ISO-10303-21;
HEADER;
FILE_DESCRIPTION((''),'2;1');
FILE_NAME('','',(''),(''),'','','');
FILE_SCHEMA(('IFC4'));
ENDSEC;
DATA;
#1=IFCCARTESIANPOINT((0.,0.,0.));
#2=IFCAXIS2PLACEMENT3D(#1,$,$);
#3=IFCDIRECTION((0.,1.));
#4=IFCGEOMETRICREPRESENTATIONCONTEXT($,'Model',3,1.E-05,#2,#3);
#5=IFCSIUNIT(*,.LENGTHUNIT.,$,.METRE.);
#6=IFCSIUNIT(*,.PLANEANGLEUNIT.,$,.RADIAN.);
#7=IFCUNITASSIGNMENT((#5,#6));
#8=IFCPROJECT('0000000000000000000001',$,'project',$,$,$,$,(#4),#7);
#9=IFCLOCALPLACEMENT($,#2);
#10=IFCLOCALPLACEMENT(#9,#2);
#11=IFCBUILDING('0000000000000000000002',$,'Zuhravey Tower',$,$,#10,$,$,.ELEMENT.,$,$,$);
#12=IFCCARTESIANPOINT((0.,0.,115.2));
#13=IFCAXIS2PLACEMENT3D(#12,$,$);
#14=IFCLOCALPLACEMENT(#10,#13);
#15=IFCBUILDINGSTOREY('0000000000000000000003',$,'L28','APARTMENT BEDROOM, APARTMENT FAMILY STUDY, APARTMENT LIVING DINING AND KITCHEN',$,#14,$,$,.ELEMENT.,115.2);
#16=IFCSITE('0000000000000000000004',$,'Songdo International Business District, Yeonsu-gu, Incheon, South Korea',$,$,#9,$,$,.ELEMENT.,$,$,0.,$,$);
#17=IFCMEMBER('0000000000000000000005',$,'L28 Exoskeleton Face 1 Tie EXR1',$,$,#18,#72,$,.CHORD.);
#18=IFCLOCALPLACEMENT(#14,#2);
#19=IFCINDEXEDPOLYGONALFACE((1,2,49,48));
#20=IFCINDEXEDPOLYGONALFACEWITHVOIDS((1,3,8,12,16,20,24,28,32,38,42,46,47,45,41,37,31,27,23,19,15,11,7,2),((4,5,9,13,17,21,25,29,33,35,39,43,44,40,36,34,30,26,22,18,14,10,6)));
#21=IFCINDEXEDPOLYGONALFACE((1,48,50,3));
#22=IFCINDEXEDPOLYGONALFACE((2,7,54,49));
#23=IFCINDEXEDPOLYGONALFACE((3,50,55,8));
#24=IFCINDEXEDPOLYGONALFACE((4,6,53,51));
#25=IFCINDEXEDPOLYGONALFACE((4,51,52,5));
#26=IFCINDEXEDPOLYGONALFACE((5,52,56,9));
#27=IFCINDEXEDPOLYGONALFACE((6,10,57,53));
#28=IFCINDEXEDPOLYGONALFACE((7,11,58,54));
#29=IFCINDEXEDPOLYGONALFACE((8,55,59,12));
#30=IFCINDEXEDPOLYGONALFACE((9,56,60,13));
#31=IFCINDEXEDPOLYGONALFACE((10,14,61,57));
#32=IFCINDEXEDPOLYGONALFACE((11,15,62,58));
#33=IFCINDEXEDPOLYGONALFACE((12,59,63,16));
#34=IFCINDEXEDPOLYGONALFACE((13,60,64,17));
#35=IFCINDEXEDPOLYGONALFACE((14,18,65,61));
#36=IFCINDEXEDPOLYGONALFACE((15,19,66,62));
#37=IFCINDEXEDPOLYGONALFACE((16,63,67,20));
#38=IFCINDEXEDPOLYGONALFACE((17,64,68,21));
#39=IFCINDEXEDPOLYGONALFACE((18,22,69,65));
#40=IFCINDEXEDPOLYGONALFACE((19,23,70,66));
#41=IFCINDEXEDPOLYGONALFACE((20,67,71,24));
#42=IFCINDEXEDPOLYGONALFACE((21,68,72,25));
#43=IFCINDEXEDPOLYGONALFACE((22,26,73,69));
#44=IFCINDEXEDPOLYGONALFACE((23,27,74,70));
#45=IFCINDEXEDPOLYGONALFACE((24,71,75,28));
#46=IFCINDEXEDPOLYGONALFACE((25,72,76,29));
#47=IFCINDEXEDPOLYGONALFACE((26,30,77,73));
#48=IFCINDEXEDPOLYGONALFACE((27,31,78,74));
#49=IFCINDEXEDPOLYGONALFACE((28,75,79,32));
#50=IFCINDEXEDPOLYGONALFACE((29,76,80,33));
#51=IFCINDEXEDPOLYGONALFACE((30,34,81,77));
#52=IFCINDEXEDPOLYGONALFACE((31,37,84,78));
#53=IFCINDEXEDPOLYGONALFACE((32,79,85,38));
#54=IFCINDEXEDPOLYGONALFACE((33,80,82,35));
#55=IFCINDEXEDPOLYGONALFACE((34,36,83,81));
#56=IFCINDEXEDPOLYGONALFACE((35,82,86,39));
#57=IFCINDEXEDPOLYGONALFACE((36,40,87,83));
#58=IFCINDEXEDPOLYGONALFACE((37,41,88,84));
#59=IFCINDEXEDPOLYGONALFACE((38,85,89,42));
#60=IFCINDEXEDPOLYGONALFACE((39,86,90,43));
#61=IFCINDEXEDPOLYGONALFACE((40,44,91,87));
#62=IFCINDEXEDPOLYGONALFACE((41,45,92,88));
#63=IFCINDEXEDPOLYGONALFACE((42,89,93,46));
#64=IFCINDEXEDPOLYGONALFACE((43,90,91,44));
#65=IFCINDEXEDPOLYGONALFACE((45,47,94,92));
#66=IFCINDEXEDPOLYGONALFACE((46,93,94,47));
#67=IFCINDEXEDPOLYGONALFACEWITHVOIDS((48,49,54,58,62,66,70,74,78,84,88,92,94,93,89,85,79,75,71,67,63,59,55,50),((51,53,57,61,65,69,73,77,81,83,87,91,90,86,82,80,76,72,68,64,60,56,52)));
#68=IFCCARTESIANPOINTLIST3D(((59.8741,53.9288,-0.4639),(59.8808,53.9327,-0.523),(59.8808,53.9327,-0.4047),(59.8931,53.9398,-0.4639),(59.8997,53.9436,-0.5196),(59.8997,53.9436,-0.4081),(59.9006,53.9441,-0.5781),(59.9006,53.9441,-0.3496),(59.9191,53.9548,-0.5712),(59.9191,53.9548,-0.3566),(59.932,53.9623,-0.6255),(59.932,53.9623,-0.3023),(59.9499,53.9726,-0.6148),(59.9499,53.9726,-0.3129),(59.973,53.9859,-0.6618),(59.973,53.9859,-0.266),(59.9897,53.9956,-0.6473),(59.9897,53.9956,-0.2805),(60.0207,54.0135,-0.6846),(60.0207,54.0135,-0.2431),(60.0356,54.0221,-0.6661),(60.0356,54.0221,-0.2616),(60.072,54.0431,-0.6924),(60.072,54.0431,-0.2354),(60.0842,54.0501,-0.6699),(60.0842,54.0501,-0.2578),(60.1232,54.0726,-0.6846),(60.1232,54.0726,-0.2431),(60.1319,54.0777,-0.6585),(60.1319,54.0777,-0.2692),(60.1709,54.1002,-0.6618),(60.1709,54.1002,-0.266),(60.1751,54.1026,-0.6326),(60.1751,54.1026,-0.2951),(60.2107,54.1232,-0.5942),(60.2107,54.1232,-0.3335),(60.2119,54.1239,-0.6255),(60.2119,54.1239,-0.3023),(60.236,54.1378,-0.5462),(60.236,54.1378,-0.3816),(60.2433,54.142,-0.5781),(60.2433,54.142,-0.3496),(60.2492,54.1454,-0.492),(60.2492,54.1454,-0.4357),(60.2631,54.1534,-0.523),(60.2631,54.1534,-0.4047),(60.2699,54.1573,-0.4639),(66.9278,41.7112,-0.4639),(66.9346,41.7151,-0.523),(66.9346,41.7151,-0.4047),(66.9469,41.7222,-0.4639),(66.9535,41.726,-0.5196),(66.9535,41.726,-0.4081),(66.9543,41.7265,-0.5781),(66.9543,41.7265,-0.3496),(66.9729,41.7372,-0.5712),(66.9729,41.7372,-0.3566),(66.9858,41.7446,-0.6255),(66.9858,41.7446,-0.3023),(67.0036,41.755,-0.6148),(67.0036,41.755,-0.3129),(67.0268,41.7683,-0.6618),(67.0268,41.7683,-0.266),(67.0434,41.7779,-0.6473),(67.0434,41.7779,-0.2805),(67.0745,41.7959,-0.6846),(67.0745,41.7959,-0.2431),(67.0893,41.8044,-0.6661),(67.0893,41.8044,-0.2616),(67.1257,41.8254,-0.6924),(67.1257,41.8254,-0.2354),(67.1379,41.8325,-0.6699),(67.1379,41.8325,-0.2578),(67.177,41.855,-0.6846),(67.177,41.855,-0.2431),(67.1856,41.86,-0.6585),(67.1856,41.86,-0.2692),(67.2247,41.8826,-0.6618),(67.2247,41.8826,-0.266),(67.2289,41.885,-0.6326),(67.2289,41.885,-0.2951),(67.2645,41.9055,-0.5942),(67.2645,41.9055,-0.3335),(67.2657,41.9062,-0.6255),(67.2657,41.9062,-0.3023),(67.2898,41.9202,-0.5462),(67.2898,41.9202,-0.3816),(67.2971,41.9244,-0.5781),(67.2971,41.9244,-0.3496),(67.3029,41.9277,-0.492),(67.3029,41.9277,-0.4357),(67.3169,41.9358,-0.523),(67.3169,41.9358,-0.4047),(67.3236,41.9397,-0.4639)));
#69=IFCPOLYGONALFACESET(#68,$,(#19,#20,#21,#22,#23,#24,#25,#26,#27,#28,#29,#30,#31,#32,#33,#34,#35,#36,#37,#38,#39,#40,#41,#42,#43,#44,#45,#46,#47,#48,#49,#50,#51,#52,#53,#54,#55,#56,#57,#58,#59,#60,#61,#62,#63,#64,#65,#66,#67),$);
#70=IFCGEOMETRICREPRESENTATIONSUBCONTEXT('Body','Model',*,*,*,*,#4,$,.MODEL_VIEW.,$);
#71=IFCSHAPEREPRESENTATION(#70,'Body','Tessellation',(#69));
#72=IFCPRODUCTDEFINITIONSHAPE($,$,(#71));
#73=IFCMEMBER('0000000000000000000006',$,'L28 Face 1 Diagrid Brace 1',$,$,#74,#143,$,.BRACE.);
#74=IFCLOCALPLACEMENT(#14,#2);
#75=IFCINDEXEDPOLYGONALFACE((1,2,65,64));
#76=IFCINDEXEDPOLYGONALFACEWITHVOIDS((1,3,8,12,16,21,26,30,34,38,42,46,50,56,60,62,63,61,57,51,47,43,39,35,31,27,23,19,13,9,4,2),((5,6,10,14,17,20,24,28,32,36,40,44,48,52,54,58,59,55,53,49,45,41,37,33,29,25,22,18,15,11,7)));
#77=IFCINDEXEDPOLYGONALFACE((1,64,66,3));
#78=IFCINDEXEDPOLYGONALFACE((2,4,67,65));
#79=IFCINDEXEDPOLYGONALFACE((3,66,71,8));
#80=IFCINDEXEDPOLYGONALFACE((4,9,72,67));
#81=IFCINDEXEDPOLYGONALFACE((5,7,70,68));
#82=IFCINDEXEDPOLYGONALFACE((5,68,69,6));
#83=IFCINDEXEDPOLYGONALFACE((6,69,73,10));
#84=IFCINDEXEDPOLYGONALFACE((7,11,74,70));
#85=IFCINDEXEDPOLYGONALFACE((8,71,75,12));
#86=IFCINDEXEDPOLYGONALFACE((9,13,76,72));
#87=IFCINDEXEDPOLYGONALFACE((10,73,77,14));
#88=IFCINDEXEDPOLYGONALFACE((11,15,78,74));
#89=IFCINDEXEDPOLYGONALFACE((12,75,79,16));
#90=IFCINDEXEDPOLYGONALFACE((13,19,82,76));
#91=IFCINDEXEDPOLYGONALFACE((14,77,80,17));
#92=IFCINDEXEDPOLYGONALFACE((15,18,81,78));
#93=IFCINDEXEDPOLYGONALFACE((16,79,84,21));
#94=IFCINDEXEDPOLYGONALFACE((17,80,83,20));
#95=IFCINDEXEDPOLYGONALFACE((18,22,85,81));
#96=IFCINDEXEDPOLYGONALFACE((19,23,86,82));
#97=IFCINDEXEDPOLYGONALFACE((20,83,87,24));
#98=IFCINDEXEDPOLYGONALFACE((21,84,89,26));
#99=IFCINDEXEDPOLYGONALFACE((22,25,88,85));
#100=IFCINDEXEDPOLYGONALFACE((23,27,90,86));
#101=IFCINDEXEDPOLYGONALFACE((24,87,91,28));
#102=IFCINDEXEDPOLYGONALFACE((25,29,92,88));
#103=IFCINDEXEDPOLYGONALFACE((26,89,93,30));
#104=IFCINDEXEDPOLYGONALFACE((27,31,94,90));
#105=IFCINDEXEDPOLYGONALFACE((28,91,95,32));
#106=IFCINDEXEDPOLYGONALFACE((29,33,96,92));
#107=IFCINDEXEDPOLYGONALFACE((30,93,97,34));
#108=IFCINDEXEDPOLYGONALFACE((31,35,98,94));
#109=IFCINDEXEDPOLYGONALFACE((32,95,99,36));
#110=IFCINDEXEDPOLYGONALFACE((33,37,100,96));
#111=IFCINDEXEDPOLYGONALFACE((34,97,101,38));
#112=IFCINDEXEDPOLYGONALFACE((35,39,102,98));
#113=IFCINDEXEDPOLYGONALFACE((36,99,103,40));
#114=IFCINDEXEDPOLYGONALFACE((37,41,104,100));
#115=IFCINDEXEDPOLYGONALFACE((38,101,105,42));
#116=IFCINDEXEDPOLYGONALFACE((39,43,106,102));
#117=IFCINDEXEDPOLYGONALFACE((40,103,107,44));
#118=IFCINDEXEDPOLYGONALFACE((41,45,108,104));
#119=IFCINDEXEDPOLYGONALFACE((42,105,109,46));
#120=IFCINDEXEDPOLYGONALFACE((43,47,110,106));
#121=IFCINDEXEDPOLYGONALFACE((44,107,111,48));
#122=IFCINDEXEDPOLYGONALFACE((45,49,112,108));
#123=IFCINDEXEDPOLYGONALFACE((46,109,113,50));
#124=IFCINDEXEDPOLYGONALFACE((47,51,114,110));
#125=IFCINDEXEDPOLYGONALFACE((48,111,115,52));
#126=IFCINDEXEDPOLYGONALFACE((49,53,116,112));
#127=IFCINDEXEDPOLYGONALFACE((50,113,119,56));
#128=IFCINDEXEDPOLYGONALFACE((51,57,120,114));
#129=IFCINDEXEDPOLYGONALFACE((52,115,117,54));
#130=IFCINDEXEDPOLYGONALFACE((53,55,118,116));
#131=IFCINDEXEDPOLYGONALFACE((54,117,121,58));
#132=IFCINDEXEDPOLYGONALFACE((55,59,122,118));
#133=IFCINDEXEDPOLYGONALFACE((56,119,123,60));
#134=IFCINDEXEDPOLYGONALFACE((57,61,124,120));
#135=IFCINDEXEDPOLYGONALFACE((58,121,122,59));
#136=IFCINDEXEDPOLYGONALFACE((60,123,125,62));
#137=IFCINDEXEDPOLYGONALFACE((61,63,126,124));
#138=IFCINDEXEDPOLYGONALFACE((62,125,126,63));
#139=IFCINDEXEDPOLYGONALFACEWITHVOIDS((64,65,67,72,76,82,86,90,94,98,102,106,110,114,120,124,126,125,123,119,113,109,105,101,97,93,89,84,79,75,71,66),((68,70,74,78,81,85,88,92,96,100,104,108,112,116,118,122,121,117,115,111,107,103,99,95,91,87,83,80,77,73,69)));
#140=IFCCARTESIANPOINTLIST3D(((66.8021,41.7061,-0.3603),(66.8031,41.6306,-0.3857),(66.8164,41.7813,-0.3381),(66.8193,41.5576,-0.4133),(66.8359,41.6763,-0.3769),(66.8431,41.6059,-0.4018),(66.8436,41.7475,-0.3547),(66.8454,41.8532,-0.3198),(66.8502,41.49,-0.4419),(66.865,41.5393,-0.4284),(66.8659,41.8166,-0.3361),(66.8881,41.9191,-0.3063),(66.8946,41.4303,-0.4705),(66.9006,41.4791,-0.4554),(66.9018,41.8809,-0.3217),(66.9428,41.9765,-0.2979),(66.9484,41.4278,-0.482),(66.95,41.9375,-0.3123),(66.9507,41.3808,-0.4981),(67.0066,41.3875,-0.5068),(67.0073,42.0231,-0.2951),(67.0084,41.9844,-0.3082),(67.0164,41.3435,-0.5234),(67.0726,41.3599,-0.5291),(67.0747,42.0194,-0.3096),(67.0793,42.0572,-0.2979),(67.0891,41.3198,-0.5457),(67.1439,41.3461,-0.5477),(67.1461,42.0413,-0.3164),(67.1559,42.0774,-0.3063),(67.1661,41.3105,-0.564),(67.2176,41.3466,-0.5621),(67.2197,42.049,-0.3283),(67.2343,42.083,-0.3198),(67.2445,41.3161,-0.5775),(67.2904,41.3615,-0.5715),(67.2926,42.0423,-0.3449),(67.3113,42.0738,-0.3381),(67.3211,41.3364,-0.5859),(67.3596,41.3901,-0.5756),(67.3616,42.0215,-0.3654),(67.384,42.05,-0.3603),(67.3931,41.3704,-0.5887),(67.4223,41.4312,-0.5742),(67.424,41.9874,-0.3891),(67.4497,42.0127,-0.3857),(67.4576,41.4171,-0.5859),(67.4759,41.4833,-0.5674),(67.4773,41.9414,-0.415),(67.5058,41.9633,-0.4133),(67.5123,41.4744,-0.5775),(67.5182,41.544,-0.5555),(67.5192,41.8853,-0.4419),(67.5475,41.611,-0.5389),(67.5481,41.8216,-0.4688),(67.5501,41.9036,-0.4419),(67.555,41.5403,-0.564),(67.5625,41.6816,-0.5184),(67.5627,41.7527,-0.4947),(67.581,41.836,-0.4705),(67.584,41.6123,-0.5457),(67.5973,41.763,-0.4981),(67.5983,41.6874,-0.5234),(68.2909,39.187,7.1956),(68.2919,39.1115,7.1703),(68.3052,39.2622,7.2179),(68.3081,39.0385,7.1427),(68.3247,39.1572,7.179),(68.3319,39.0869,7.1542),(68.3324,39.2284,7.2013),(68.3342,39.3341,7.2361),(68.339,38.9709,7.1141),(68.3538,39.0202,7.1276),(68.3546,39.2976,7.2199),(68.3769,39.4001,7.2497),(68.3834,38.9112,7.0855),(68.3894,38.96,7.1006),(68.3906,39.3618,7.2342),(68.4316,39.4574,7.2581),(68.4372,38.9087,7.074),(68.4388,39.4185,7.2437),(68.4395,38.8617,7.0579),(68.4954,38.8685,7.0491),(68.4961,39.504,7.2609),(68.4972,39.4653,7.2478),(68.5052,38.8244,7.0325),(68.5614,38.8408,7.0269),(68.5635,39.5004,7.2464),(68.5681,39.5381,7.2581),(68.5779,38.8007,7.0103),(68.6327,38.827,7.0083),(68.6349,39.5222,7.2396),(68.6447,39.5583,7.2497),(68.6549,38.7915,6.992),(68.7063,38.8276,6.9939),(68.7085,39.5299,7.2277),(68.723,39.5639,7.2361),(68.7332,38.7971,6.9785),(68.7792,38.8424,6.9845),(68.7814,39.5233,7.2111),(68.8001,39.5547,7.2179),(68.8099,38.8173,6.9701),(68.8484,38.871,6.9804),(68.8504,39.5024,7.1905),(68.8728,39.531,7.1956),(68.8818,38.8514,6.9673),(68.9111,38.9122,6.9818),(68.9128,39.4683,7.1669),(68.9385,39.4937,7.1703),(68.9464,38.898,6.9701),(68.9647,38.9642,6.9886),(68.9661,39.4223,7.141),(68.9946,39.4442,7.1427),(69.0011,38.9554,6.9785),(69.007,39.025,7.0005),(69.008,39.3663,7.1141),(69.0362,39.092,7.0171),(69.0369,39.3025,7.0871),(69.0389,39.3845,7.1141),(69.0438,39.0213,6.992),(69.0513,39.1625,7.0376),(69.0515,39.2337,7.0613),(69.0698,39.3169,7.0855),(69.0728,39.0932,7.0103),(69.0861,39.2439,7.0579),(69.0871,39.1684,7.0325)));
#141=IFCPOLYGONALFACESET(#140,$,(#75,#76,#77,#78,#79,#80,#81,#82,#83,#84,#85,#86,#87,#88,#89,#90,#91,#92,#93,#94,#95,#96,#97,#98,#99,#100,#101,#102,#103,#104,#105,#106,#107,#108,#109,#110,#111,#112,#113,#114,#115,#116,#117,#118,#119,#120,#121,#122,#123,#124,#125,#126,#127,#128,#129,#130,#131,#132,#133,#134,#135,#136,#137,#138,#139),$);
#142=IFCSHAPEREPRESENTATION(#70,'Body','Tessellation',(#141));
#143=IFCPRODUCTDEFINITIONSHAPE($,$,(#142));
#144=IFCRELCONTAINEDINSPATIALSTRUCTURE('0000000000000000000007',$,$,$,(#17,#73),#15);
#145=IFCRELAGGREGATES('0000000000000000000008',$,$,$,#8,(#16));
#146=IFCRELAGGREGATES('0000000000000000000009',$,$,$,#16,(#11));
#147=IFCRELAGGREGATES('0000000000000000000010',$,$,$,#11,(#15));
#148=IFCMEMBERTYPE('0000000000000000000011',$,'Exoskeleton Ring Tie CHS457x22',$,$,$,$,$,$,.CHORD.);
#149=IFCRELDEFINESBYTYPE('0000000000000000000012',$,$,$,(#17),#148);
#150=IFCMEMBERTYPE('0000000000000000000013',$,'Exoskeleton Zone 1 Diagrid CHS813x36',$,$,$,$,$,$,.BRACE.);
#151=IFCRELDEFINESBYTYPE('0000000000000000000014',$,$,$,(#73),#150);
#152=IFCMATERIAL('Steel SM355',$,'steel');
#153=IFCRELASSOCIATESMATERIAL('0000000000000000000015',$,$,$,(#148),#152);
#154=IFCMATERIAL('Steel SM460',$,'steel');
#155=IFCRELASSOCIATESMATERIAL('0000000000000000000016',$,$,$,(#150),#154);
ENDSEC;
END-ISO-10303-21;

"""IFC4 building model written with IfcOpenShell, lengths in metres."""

from ifc_helpers import new_model, si_unit, direction, frame, origin, origin_2d, place, context, subcontext, project, spatial, hollow_circle, extrude, material, material_profile, profile_set, type_object, element, save


model = new_model("IFC4")

# Units and contexts
model_context = context("Model", 3, precision=1e-05, world=origin(), true_north=direction((0.0, 1.0)))
body_context = subcontext(model_context, "Body", "Model", "MODEL_VIEW")
ifc_project = project(units=[si_unit("LENGTHUNIT", "METRE"), si_unit("PLANEANGLEUNIT", "RADIAN")], contexts=[model_context])

# Site, building, storey
site_placement = place(None, origin())
site = spatial("IfcSite", under=ifc_project, at=site_placement, Name="Songdo International Business District, Yeonsu-gu, Incheon, South Korea", CompositionType="ELEMENT", RefElevation=0.0)
building_placement = place(site_placement, origin())
building = spatial("IfcBuilding", under=site, at=building_placement, Name="Zuhravey Tower", CompositionType="ELEMENT")
storey_placement = place(building_placement, frame((0.0, 0.0, 115.2)))
storey = spatial("IfcBuildingStorey", under=building, at=storey_placement, Name="L28", Description="APARTMENT BEDROOM, APARTMENT FAMILY STUDY, APARTMENT LIVING DINING AND KITCHEN", CompositionType="ELEMENT", Elevation=115.2)

# Members
ifc_material_1 = material(Name="Steel SM355", Category="steel")
ifc_material_profile_1 = material_profile(ifc_material_1, hollow_circle(Radius=0.2285, WallThickness=0.022, at=origin_2d()), Name="CHS-457.2x22")
ifc_profile_set_1 = profile_set([ifc_material_profile_1], Name="Steel SM355")
member_type_1 = type_object("IfcMemberType", Name="Exoskeleton Ring Tie CHS457x22", PredefinedType="CHORD", material=ifc_profile_set_1)
member_1_placement = place(storey_placement, frame((67.1257, 41.8254, -0.4639), z_axis=(-0.499996, 0.866028, 0.0), x_axis=(-0.866028, -0.499996, 0.0)))
element("IfcMember", 1, at=member_1_placement, inside=storey, type_object=member_type_1, Name="L28 Exoskeleton Face 1 Tie EXR1", PredefinedType="CHORD", context=body_context, shape_type="SweptSolid", body=[
    extrude(hollow_circle(Radius=0.2285, WallThickness=0.022, at=origin_2d()), origin(), (0.0, 0.0, 1.0), 14.1077),
])
ifc_material_2 = material(Name="Steel SM460", Category="steel")
ifc_material_profile_2 = material_profile(ifc_material_2, hollow_circle(Radius=0.4065, WallThickness=0.0359, at=origin_2d()), Name="CHS-812.8x36")
ifc_profile_set_2 = profile_set([ifc_material_profile_2], Name="Steel SM460")
member_type_2 = type_object("IfcMemberType", Name="Exoskeleton Zone 1 Diagrid CHS813x36", PredefinedType="BRACE", material=ifc_profile_set_2)
member_2_placement = place(storey_placement, frame((67.2002, 41.6968, -0.4419), z_axis=(0.183737, -0.310889, 0.932517), x_axis=(0.86089, 0.508791, 0.0)))
element("IfcMember", 2, at=member_2_placement, inside=storey, type_object=member_type_2, Name="L28 Face 1 Diagrid Brace 1", PredefinedType="BRACE", context=body_context, shape_type="SweptSolid", body=[
    extrude(hollow_circle(Radius=0.4065, WallThickness=0.0359, at=origin_2d()), origin(), (0.0, 0.0, 1.0), 8.1028),
])

save(model, "model.ifc")
